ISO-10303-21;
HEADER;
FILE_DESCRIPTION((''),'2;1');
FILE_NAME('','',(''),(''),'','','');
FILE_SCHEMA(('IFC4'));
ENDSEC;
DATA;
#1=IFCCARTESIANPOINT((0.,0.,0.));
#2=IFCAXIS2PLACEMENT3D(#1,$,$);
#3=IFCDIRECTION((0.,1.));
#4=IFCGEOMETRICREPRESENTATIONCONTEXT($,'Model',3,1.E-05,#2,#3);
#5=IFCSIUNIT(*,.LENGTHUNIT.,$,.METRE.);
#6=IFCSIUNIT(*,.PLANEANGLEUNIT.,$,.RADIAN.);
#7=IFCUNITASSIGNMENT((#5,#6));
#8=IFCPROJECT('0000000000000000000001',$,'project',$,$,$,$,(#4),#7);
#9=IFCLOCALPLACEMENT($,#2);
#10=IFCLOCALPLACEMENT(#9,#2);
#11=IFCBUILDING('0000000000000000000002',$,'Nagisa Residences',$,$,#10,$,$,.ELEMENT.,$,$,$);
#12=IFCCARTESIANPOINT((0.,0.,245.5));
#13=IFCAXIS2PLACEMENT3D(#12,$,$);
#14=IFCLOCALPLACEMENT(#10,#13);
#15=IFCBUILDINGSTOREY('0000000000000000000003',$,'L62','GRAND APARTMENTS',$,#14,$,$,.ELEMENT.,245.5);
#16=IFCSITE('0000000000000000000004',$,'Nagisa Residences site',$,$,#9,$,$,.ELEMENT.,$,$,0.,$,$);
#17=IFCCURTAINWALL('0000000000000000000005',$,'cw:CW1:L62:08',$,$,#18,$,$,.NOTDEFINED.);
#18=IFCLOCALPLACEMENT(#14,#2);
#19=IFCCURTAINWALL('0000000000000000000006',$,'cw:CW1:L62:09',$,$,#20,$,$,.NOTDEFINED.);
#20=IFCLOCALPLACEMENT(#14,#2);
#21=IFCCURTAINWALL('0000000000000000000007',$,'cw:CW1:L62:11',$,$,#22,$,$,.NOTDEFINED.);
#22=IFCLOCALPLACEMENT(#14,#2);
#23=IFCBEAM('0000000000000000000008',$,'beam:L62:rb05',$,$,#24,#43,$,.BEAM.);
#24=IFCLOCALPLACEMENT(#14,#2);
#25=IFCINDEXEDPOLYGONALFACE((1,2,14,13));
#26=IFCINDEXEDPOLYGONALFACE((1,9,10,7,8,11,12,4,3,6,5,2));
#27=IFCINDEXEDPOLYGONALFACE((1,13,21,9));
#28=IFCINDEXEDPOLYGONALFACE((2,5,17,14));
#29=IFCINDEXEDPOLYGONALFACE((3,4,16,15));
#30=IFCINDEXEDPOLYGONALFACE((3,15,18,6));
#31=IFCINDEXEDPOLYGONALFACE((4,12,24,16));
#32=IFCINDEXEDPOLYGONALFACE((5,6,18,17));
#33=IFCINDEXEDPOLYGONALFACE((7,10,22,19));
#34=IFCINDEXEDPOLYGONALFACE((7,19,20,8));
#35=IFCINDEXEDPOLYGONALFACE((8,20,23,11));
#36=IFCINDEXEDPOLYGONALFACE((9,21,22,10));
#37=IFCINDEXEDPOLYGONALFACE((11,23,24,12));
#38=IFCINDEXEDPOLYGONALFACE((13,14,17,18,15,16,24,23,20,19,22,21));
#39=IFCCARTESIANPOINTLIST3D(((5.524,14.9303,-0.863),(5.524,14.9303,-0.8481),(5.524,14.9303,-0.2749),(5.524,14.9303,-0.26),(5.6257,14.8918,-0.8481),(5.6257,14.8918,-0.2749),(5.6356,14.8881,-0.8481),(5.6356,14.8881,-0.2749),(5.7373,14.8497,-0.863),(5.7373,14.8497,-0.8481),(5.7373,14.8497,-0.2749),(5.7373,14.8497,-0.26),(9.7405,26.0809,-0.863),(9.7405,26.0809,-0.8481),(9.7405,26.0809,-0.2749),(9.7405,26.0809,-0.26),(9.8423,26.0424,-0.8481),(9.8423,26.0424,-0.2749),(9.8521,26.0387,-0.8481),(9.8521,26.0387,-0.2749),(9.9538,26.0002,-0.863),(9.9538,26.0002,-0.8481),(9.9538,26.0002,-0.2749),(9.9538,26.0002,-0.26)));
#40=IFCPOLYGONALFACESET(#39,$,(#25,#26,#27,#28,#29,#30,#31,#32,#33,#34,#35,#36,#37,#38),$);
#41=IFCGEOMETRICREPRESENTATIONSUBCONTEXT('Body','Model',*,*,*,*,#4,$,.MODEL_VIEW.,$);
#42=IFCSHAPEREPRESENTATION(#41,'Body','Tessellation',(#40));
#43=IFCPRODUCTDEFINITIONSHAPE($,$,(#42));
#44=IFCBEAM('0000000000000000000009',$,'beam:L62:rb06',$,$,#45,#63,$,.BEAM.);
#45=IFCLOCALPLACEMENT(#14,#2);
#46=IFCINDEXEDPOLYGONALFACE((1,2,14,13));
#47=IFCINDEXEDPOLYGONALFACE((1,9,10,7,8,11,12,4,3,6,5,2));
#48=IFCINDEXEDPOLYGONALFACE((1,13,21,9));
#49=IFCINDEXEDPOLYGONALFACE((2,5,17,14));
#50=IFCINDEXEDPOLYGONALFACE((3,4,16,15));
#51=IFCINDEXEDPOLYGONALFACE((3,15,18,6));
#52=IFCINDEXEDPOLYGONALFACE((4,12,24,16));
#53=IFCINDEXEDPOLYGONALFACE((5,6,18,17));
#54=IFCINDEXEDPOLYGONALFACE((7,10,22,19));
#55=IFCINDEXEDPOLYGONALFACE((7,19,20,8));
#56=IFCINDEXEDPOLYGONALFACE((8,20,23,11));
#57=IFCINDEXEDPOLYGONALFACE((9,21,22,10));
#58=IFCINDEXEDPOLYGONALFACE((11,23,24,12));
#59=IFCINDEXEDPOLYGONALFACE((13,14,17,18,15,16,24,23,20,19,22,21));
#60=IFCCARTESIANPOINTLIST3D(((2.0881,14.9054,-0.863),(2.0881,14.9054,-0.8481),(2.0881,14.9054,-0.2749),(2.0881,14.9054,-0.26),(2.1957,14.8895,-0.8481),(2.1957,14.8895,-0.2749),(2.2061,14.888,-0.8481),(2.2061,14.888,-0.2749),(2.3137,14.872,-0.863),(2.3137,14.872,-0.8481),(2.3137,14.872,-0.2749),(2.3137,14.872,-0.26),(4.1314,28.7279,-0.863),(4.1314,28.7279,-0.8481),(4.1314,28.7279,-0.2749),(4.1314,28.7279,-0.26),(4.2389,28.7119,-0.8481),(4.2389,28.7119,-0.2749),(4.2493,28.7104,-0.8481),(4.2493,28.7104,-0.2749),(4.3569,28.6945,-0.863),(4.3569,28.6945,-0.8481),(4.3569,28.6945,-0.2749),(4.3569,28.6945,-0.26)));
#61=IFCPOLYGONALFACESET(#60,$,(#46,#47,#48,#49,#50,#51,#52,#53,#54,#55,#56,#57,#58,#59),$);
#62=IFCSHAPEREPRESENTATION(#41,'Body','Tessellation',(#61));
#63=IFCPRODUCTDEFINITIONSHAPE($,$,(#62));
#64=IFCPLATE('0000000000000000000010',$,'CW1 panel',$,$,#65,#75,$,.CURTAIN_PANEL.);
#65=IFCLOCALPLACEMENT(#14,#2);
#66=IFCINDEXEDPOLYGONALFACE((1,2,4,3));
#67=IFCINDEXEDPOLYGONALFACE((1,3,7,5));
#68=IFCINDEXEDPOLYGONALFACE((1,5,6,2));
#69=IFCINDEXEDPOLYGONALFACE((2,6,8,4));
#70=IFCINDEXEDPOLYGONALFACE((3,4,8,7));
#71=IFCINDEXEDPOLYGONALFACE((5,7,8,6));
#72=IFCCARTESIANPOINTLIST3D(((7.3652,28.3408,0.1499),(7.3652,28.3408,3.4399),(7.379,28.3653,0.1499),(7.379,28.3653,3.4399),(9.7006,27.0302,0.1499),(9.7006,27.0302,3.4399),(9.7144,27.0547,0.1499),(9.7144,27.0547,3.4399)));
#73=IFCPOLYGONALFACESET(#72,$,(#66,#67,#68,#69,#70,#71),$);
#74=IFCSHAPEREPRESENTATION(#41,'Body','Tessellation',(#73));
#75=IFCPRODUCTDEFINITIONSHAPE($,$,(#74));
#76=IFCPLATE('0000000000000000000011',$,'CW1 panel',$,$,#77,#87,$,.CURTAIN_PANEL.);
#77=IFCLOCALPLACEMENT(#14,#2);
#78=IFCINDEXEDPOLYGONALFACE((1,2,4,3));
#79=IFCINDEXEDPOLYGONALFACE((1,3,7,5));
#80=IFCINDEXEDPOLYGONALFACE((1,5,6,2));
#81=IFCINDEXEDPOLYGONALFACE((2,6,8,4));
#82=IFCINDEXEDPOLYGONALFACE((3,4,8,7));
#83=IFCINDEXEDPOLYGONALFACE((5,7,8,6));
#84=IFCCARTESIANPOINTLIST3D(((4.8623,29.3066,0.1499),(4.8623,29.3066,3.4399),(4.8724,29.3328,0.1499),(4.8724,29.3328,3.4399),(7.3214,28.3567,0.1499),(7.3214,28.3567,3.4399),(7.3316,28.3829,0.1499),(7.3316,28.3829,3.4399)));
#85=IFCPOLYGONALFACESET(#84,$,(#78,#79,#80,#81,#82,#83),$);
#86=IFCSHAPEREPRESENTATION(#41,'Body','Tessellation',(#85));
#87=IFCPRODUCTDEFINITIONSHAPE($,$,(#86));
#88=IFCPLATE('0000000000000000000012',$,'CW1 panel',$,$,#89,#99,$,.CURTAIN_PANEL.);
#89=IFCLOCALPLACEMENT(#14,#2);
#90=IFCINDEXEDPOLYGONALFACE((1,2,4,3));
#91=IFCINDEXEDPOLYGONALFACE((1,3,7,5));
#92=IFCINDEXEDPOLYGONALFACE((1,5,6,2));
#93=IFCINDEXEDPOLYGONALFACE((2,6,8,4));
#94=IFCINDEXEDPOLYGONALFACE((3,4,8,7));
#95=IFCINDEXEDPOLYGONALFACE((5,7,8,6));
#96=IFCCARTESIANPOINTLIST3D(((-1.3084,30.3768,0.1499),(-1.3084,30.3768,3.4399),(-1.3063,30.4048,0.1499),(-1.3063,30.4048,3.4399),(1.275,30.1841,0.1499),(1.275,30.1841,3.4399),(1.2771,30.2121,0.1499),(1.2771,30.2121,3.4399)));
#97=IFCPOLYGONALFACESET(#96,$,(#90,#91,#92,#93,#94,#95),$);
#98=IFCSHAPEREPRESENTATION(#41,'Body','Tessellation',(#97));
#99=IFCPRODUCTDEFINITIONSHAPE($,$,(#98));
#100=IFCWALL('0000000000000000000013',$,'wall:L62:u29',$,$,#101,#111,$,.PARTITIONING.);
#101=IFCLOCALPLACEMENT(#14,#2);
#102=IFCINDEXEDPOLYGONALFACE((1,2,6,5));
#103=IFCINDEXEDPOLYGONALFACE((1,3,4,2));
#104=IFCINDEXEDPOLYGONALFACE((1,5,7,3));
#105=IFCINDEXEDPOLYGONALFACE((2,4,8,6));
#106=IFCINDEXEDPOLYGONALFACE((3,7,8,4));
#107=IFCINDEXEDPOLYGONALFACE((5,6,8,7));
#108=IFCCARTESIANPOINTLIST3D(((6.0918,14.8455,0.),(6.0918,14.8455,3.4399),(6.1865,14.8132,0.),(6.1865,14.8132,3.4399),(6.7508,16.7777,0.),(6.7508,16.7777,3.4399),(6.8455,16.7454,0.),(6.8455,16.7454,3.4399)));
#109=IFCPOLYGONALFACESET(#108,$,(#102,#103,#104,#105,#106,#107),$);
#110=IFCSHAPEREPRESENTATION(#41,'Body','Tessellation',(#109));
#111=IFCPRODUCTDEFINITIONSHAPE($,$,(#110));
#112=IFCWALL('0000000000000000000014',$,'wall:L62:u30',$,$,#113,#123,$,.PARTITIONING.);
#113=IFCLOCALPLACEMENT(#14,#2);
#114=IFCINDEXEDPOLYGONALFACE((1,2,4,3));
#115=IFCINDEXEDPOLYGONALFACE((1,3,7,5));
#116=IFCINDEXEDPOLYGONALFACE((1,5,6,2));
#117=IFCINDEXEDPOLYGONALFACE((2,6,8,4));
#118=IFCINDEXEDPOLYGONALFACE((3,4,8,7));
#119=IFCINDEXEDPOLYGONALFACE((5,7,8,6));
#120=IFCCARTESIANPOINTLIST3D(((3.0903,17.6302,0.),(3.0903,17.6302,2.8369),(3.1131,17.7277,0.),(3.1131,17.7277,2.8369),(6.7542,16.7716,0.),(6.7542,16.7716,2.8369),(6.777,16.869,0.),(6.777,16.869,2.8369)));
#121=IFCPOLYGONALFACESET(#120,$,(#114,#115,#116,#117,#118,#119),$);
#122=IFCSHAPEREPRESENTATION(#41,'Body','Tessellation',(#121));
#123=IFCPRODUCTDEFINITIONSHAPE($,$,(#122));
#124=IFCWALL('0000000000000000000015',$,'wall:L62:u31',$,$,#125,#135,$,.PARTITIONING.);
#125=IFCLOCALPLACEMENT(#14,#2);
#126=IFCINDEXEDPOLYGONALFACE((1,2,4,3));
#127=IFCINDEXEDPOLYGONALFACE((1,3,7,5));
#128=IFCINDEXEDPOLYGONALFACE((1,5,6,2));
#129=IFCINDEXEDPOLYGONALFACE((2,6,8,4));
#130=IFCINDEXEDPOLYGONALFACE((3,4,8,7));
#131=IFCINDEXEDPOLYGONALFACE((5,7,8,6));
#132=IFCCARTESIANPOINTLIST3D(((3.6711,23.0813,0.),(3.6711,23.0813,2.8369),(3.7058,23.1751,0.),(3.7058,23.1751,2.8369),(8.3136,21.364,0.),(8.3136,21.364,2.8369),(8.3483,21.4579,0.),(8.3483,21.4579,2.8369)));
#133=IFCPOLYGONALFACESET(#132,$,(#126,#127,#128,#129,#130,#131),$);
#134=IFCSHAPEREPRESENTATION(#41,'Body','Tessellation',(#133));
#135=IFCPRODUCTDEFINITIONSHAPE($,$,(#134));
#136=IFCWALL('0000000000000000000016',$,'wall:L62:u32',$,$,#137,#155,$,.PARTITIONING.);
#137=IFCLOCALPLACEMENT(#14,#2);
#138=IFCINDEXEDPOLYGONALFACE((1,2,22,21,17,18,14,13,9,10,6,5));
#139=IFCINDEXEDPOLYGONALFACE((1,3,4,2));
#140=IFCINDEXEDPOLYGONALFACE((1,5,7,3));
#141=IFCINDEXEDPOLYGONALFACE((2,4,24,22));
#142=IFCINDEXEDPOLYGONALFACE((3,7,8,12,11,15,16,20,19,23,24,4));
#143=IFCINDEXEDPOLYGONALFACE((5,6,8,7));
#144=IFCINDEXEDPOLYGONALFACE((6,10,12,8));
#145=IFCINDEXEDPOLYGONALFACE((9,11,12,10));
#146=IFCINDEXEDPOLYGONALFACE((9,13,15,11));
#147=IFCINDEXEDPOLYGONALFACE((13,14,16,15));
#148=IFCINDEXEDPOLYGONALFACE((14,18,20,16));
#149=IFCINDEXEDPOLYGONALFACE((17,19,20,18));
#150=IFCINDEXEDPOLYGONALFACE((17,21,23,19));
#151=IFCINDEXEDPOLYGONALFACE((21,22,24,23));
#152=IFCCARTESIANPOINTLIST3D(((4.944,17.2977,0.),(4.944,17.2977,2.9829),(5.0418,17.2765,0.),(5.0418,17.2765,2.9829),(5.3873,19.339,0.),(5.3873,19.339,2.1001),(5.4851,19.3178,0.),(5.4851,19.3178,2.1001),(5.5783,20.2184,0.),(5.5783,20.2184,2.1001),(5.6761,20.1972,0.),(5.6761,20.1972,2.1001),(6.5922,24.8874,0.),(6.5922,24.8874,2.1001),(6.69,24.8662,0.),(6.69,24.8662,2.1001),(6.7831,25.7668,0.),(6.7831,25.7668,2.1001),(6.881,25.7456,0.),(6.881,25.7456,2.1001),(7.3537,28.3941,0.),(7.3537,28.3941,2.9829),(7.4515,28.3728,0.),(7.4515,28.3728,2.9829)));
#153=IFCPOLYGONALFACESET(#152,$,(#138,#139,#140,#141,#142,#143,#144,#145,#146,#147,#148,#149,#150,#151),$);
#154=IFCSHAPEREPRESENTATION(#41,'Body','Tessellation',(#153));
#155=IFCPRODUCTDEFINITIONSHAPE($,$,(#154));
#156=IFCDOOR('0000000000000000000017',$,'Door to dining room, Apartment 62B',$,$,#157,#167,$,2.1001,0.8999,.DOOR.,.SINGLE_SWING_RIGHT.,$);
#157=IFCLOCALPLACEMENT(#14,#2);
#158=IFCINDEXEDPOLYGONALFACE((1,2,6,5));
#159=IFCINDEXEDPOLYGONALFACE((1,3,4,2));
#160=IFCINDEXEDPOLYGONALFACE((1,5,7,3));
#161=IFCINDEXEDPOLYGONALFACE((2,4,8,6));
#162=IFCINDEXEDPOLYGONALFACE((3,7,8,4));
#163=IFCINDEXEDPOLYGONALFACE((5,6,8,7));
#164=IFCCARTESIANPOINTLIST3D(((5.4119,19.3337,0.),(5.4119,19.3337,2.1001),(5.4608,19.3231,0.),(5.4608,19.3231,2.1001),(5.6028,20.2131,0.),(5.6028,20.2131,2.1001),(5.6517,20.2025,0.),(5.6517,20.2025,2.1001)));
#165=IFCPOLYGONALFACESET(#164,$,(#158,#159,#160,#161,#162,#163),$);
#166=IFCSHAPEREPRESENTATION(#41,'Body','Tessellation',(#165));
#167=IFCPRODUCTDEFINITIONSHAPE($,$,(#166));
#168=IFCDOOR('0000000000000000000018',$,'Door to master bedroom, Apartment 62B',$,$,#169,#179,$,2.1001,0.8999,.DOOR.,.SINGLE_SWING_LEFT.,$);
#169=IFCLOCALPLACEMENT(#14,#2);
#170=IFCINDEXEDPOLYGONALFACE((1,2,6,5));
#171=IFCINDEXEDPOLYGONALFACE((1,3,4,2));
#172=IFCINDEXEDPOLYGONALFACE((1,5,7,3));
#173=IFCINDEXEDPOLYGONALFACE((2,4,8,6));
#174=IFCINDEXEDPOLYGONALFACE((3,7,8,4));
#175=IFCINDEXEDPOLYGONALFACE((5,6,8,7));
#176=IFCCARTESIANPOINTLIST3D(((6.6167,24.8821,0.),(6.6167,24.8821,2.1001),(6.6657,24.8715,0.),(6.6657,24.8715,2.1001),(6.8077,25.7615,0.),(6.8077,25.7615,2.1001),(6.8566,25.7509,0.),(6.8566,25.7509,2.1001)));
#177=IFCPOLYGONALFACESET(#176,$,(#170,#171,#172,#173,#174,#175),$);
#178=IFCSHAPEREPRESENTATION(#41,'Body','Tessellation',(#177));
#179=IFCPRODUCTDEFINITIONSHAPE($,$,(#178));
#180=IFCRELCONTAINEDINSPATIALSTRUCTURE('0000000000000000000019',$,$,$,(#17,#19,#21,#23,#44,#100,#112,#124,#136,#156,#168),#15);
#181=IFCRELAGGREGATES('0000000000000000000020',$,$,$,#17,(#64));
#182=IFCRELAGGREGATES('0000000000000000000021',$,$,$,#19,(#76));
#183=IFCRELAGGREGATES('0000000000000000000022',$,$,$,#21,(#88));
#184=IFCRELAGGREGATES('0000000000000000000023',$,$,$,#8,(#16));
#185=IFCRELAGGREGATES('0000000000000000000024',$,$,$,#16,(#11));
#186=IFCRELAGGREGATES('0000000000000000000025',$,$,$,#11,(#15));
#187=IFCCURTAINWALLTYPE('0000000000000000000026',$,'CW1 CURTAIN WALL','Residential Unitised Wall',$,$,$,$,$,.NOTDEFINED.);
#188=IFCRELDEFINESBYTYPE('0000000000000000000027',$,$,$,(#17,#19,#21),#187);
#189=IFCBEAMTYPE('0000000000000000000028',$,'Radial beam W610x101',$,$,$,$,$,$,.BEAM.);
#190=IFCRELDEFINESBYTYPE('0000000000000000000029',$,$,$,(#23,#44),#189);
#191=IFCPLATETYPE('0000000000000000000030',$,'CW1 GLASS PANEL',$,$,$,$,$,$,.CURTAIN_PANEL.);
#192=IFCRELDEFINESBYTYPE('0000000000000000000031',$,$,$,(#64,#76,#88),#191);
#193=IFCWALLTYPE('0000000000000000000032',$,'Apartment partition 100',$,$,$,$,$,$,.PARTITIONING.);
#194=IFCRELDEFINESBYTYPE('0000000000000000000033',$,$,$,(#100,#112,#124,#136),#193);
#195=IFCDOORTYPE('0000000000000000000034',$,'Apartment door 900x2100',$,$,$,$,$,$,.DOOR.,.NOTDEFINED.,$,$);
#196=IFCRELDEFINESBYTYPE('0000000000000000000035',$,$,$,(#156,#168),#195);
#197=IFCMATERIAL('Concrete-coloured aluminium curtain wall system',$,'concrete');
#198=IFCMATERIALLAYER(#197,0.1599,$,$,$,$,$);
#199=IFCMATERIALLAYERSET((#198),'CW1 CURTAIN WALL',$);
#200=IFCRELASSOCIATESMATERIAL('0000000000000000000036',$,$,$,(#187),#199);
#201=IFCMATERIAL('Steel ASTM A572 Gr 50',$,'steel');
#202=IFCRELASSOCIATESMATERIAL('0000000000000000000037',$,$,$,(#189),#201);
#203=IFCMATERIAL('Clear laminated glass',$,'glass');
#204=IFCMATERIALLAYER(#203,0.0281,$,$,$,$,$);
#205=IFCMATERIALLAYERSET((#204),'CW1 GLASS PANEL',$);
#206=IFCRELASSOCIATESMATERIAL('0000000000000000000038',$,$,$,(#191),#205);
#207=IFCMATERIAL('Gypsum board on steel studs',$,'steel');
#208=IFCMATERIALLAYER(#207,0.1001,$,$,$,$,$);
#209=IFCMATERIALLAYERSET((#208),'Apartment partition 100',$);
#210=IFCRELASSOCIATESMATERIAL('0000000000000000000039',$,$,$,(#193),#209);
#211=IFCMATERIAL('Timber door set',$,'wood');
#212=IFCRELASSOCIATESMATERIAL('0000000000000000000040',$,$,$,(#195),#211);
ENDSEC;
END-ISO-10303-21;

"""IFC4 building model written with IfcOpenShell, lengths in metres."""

from ifc_helpers import new_model, si_unit, direction, frame, frame_2d, origin, origin_2d, place, context, subcontext, project, spatial, rectangle, i_section, extrude, material, layer, layer_set, material_profile, profile_set, type_object, element, fill, aggregate, save


model = new_model("IFC4")

# Units and contexts
model_context = context("Model", 3, precision=1e-05, world=origin(), true_north=direction((0.0, 1.0)))
body_context = subcontext(model_context, "Body", "Model", "MODEL_VIEW")
ifc_project = project(units=[si_unit("LENGTHUNIT", "METRE"), si_unit("PLANEANGLEUNIT", "RADIAN")], contexts=[model_context])

# Site, building, storey
site_placement = place(None, origin())
site = spatial("IfcSite", under=ifc_project, at=site_placement, Name="Nagisa Residences site", CompositionType="ELEMENT", RefElevation=0.0)
building_placement = place(site_placement, origin())
building = spatial("IfcBuilding", under=site, at=building_placement, Name="Nagisa Residences", CompositionType="ELEMENT")
storey_placement = place(building_placement, frame((0.0, 0.0, 245.5)))
storey = spatial("IfcBuildingStorey", under=building, at=storey_placement, Name="L62", Description="GRAND APARTMENTS", CompositionType="ELEMENT", Elevation=245.5)

# Curtain walls
ifc_material_1 = material(Name="Concrete-coloured aluminium curtain wall system", Category="concrete")
ifc_layer_1 = layer(ifc_material_1, 0.1599)
ifc_layer_set_1 = layer_set([ifc_layer_1], Name="CW1 CURTAIN WALL")
curtain_wall_type = type_object("IfcCurtainWallType", Name="CW1 CURTAIN WALL", Description="Residential Unitised Wall", PredefinedType="NOTDEFINED", material=ifc_layer_set_1)
curtain_wall_1_placement = place(storey_placement, origin())
curtain_wall_1 = element("IfcCurtainWall", 1, at=curtain_wall_1_placement, inside=storey, type_object=curtain_wall_type, Name="cw:CW1:L62:08", PredefinedType="NOTDEFINED")
curtain_wall_2_placement = place(storey_placement, origin())
curtain_wall_2 = element("IfcCurtainWall", 2, at=curtain_wall_2_placement, inside=storey, type_object=curtain_wall_type, Name="cw:CW1:L62:09", PredefinedType="NOTDEFINED")
curtain_wall_3_placement = place(storey_placement, origin())
curtain_wall_3 = element("IfcCurtainWall", 3, at=curtain_wall_3_placement, inside=storey, type_object=curtain_wall_type, Name="cw:CW1:L62:11", PredefinedType="NOTDEFINED")

# Beams
ifc_material_2 = material(Name="Steel ASTM A572 Gr 50", Category="steel")
ifc_material_profile_1 = material_profile(ifc_material_2, i_section(OverallWidth=0.228, OverallDepth=0.603, WebThickness=0.0105, FlangeThickness=0.0149, at=origin_2d()), Name="W610x101")
ifc_profile_set_1 = profile_set([ifc_material_profile_1], Name="Steel ASTM A572 Gr 50")
beam_type_1 = type_object("IfcBeamType", Name="Radial beam W610x101", PredefinedType="BEAM", material=ifc_profile_set_1)
beam_1_placement = place(storey_placement, frame((9.8472, 26.0405, -0.5615), z_axis=(-0.353701, -0.935359, 0.0), x_axis=(0.935359, -0.353701, 0.0)))
element("IfcBeam", 4, at=beam_1_placement, inside=storey, type_object=beam_type_1, Name="beam:L62:rb05", PredefinedType="BEAM", context=body_context, shape_type="SweptSolid", body=[
    extrude(i_section(OverallWidth=0.228, OverallDepth=0.603, WebThickness=0.0105, FlangeThickness=0.0149, at=origin_2d()), origin(), (0.0, 0.0, 1.0), 11.9211),
])
beam_2_placement = place(storey_placement, frame((4.2441, 28.7112, -0.5615), z_axis=(-0.146229, -0.989251, 0.0), x_axis=(0.989251, -0.146229, 0.0)))
element("IfcBeam", 5, at=beam_2_placement, inside=storey, type_object=beam_type_1, Name="beam:L62:rb06", PredefinedType="BEAM", context=body_context, shape_type="SweptSolid", body=[
    extrude(i_section(OverallWidth=0.228, OverallDepth=0.603, WebThickness=0.0105, FlangeThickness=0.0149, at=origin_2d()), origin(), (0.0, 0.0, 1.0), 13.9727),
])

# Plates
ifc_material_3 = material(Name="Clear laminated glass", Category="glass")
ifc_layer_2 = layer(ifc_material_3, 0.0281)
ifc_layer_set_2 = layer_set([ifc_layer_2], Name="CW1 GLASS PANEL")
plate_type = type_object("IfcPlateType", Name="CW1 GLASS PANEL", PredefinedType="CURTAIN_PANEL", material=ifc_layer_set_2)
plate_1_placement = place(storey_placement, frame((8.5398, 27.6978, 0.1499), z_axis=(0.0, 0.0, 1.0), x_axis=(-0.872072, 0.489377, 0.0)))
plate_1 = element("IfcPlate", 6, at=plate_1_placement, type_object=plate_type, Name="CW1 panel", PredefinedType="CURTAIN_PANEL", context=body_context, shape_type="SweptSolid", body=[
    extrude(rectangle(XDim=2.678, YDim=0.0281, at=origin_2d()), origin(), (0.0, 0.0, 1.0), 3.29),
])
aggregate(curtain_wall_1, [plate_1])
plate_2_placement = place(storey_placement, frame((6.0969, 28.8447, 0.1499), z_axis=(0.0, 0.0, 1.0), x_axis=(-0.932826, 0.360328, 0.0)))
plate_2 = element("IfcPlate", 7, at=plate_2_placement, type_object=plate_type, Name="CW1 panel", PredefinedType="CURTAIN_PANEL", context=body_context, shape_type="SweptSolid", body=[
    extrude(rectangle(XDim=2.6362, YDim=0.0281, at=origin_2d()), origin(), (0.0, 0.0, 1.0), 3.29),
])
aggregate(curtain_wall_2, [plate_2])
plate_3_placement = place(storey_placement, frame((-0.0156, 30.2944, 0.1499), z_axis=(0.0, 0.0, 1.0), x_axis=(-0.99723, 0.074377, 0.0)))
plate_3 = element("IfcPlate", 8, at=plate_3_placement, type_object=plate_type, Name="CW1 panel", PredefinedType="CURTAIN_PANEL", context=body_context, shape_type="SweptSolid", body=[
    extrude(rectangle(XDim=2.5906, YDim=0.0281, at=origin_2d()), origin(), (0.0, 0.0, 1.0), 3.29),
])
aggregate(curtain_wall_3, [plate_3])

# Walls
ifc_material_4 = material(Name="Gypsum board on steel studs", Category="steel")
ifc_layer_3 = layer(ifc_material_4, 0.1001)
ifc_layer_set_3 = layer_set([ifc_layer_3], Name="Apartment partition 100")
wall_type_1 = type_object("IfcWallType", Name="Apartment partition 100", PredefinedType="PARTITIONING", material=ifc_layer_set_3)
wall_1_placement = place(storey_placement, frame((6.1392, 14.8293, 0.0), z_axis=(0.0, 0.0, 1.0), x_axis=(0.322786, 0.946472, 0.0)))
element("IfcWall", 9, at=wall_1_placement, inside=storey, type_object=wall_type_1, Name="wall:L62:u29", PredefinedType="PARTITIONING", context=body_context, shape_type="SweptSolid", body=[
    extrude(rectangle(XDim=2.0415, YDim=0.1001, at=frame_2d((1.0208, 0.0))), origin(), (0.0, 0.0, 1.0), 3.4399),
])
wall_2_placement = place(storey_placement, frame((6.7656, 16.8203, 0.0), z_axis=(0.0, 0.0, 1.0), x_axis=(-0.97362, 0.228175, 0.0)))
element("IfcWall", 10, at=wall_2_placement, inside=storey, type_object=wall_type_1, Name="wall:L62:u30", PredefinedType="PARTITIONING", context=body_context, shape_type="SweptSolid", body=[
    extrude(rectangle(XDim=3.7632, YDim=0.1001, at=frame_2d((1.8816, 0.0))), origin(), (0.0, 0.0, 1.0), 2.8369),
])
wall_3_placement = place(storey_placement, frame((8.3311, 21.4109, 0.0), z_axis=(0.0, 0.0, 1.0), x_axis=(-0.937893, 0.346926, 0.0)))
element("IfcWall", 11, at=wall_3_placement, inside=storey, type_object=wall_type_1, Name="wall:L62:u31", PredefinedType="PARTITIONING", context=body_context, shape_type="SweptSolid", body=[
    extrude(rectangle(XDim=4.95, YDim=0.1001, at=frame_2d((2.4751, 0.0))), origin(), (0.0, 0.0, 1.0), 2.8369),
])

# Wall, openings, doors
wall_4_placement = place(storey_placement, frame((4.9929, 17.2871, 0.0), z_axis=(0.0, 0.0, 1.0), x_axis=(0.212211, 0.977224, 0.0)))
wall_4 = element("IfcWall", 12, at=wall_4_placement, inside=storey, type_object=wall_type_1, Name="wall:L62:u32", PredefinedType="PARTITIONING", context=body_context, shape_type="SweptSolid", body=[
    extrude(rectangle(XDim=11.355, YDim=0.1001, at=frame_2d((5.6775, 0.0))), origin(), (0.0, 0.0, 1.0), 2.9829),
])
opening_1_placement = place(wall_4_placement, frame((2.0889, 0.0, 0.0)))
opening_1 = element("IfcOpeningElement", 13, at=opening_1_placement, cuts=wall_4, PredefinedType="OPENING", context=body_context, shape_type="SweptSolid", body=[
    extrude(rectangle(XDim=0.8999, YDim=2.1001, at=frame_2d((0.45, 1.05))), frame((0.0, 0.0601, 0.0), z_axis=(0.0, -1.0, 0.0), x_axis=(1.0, 0.0, 0.0)), (0.0, 0.0, 1.0), 0.1201),
])
opening_2_placement = place(wall_4_placement, frame((7.7666, 0.0, 0.0)))
opening_2 = element("IfcOpeningElement", 14, at=opening_2_placement, cuts=wall_4, PredefinedType="OPENING", context=body_context, shape_type="SweptSolid", body=[
    extrude(rectangle(XDim=0.8999, YDim=2.1001, at=frame_2d((0.45, 1.05))), frame((0.0, 0.0601, 0.0), z_axis=(0.0, -1.0, 0.0), x_axis=(1.0, 0.0, 0.0)), (0.0, 0.0, 1.0), 0.1201),
])
ifc_material_5 = material(Name="Timber door set", Category="wood")
door_type_1 = type_object("IfcDoorType", Name="Apartment door 900x2100", OperationType="NOTDEFINED", PredefinedType="DOOR", material=ifc_material_5)
door_1_placement = place(opening_1_placement, origin())
door_1 = element("IfcDoor", 15, at=door_1_placement, inside=storey, type_object=door_type_1, Name="Door to dining room, Apartment 62B", OperationType="SINGLE_SWING_RIGHT", OverallHeight=2.1001, OverallWidth=0.8999, PredefinedType="DOOR", context=body_context, shape_type="SweptSolid", body=[
    extrude(rectangle(XDim=0.8999, YDim=2.1001, at=frame_2d((0.45, 1.05))), frame((0.0, 0.0249, 0.0), z_axis=(0.0, -1.0, 0.0), x_axis=(1.0, 0.0, 0.0)), (0.0, 0.0, 1.0), 0.05),
])
fill(opening_1, door_1)
door_2_placement = place(opening_2_placement, origin())
door_2 = element("IfcDoor", 16, at=door_2_placement, inside=storey, type_object=door_type_1, Name="Door to master bedroom, Apartment 62B", OperationType="SINGLE_SWING_LEFT", OverallHeight=2.1001, OverallWidth=0.8999, PredefinedType="DOOR", context=body_context, shape_type="SweptSolid", body=[
    extrude(rectangle(XDim=0.8999, YDim=2.1001, at=frame_2d((0.45, 1.05))), frame((0.0, 0.0249, 0.0), z_axis=(0.0, -1.0, 0.0), x_axis=(1.0, 0.0, 0.0)), (0.0, 0.0, 1.0), 0.05),
])
fill(opening_2, door_2)

save(model, "model.ifc")
